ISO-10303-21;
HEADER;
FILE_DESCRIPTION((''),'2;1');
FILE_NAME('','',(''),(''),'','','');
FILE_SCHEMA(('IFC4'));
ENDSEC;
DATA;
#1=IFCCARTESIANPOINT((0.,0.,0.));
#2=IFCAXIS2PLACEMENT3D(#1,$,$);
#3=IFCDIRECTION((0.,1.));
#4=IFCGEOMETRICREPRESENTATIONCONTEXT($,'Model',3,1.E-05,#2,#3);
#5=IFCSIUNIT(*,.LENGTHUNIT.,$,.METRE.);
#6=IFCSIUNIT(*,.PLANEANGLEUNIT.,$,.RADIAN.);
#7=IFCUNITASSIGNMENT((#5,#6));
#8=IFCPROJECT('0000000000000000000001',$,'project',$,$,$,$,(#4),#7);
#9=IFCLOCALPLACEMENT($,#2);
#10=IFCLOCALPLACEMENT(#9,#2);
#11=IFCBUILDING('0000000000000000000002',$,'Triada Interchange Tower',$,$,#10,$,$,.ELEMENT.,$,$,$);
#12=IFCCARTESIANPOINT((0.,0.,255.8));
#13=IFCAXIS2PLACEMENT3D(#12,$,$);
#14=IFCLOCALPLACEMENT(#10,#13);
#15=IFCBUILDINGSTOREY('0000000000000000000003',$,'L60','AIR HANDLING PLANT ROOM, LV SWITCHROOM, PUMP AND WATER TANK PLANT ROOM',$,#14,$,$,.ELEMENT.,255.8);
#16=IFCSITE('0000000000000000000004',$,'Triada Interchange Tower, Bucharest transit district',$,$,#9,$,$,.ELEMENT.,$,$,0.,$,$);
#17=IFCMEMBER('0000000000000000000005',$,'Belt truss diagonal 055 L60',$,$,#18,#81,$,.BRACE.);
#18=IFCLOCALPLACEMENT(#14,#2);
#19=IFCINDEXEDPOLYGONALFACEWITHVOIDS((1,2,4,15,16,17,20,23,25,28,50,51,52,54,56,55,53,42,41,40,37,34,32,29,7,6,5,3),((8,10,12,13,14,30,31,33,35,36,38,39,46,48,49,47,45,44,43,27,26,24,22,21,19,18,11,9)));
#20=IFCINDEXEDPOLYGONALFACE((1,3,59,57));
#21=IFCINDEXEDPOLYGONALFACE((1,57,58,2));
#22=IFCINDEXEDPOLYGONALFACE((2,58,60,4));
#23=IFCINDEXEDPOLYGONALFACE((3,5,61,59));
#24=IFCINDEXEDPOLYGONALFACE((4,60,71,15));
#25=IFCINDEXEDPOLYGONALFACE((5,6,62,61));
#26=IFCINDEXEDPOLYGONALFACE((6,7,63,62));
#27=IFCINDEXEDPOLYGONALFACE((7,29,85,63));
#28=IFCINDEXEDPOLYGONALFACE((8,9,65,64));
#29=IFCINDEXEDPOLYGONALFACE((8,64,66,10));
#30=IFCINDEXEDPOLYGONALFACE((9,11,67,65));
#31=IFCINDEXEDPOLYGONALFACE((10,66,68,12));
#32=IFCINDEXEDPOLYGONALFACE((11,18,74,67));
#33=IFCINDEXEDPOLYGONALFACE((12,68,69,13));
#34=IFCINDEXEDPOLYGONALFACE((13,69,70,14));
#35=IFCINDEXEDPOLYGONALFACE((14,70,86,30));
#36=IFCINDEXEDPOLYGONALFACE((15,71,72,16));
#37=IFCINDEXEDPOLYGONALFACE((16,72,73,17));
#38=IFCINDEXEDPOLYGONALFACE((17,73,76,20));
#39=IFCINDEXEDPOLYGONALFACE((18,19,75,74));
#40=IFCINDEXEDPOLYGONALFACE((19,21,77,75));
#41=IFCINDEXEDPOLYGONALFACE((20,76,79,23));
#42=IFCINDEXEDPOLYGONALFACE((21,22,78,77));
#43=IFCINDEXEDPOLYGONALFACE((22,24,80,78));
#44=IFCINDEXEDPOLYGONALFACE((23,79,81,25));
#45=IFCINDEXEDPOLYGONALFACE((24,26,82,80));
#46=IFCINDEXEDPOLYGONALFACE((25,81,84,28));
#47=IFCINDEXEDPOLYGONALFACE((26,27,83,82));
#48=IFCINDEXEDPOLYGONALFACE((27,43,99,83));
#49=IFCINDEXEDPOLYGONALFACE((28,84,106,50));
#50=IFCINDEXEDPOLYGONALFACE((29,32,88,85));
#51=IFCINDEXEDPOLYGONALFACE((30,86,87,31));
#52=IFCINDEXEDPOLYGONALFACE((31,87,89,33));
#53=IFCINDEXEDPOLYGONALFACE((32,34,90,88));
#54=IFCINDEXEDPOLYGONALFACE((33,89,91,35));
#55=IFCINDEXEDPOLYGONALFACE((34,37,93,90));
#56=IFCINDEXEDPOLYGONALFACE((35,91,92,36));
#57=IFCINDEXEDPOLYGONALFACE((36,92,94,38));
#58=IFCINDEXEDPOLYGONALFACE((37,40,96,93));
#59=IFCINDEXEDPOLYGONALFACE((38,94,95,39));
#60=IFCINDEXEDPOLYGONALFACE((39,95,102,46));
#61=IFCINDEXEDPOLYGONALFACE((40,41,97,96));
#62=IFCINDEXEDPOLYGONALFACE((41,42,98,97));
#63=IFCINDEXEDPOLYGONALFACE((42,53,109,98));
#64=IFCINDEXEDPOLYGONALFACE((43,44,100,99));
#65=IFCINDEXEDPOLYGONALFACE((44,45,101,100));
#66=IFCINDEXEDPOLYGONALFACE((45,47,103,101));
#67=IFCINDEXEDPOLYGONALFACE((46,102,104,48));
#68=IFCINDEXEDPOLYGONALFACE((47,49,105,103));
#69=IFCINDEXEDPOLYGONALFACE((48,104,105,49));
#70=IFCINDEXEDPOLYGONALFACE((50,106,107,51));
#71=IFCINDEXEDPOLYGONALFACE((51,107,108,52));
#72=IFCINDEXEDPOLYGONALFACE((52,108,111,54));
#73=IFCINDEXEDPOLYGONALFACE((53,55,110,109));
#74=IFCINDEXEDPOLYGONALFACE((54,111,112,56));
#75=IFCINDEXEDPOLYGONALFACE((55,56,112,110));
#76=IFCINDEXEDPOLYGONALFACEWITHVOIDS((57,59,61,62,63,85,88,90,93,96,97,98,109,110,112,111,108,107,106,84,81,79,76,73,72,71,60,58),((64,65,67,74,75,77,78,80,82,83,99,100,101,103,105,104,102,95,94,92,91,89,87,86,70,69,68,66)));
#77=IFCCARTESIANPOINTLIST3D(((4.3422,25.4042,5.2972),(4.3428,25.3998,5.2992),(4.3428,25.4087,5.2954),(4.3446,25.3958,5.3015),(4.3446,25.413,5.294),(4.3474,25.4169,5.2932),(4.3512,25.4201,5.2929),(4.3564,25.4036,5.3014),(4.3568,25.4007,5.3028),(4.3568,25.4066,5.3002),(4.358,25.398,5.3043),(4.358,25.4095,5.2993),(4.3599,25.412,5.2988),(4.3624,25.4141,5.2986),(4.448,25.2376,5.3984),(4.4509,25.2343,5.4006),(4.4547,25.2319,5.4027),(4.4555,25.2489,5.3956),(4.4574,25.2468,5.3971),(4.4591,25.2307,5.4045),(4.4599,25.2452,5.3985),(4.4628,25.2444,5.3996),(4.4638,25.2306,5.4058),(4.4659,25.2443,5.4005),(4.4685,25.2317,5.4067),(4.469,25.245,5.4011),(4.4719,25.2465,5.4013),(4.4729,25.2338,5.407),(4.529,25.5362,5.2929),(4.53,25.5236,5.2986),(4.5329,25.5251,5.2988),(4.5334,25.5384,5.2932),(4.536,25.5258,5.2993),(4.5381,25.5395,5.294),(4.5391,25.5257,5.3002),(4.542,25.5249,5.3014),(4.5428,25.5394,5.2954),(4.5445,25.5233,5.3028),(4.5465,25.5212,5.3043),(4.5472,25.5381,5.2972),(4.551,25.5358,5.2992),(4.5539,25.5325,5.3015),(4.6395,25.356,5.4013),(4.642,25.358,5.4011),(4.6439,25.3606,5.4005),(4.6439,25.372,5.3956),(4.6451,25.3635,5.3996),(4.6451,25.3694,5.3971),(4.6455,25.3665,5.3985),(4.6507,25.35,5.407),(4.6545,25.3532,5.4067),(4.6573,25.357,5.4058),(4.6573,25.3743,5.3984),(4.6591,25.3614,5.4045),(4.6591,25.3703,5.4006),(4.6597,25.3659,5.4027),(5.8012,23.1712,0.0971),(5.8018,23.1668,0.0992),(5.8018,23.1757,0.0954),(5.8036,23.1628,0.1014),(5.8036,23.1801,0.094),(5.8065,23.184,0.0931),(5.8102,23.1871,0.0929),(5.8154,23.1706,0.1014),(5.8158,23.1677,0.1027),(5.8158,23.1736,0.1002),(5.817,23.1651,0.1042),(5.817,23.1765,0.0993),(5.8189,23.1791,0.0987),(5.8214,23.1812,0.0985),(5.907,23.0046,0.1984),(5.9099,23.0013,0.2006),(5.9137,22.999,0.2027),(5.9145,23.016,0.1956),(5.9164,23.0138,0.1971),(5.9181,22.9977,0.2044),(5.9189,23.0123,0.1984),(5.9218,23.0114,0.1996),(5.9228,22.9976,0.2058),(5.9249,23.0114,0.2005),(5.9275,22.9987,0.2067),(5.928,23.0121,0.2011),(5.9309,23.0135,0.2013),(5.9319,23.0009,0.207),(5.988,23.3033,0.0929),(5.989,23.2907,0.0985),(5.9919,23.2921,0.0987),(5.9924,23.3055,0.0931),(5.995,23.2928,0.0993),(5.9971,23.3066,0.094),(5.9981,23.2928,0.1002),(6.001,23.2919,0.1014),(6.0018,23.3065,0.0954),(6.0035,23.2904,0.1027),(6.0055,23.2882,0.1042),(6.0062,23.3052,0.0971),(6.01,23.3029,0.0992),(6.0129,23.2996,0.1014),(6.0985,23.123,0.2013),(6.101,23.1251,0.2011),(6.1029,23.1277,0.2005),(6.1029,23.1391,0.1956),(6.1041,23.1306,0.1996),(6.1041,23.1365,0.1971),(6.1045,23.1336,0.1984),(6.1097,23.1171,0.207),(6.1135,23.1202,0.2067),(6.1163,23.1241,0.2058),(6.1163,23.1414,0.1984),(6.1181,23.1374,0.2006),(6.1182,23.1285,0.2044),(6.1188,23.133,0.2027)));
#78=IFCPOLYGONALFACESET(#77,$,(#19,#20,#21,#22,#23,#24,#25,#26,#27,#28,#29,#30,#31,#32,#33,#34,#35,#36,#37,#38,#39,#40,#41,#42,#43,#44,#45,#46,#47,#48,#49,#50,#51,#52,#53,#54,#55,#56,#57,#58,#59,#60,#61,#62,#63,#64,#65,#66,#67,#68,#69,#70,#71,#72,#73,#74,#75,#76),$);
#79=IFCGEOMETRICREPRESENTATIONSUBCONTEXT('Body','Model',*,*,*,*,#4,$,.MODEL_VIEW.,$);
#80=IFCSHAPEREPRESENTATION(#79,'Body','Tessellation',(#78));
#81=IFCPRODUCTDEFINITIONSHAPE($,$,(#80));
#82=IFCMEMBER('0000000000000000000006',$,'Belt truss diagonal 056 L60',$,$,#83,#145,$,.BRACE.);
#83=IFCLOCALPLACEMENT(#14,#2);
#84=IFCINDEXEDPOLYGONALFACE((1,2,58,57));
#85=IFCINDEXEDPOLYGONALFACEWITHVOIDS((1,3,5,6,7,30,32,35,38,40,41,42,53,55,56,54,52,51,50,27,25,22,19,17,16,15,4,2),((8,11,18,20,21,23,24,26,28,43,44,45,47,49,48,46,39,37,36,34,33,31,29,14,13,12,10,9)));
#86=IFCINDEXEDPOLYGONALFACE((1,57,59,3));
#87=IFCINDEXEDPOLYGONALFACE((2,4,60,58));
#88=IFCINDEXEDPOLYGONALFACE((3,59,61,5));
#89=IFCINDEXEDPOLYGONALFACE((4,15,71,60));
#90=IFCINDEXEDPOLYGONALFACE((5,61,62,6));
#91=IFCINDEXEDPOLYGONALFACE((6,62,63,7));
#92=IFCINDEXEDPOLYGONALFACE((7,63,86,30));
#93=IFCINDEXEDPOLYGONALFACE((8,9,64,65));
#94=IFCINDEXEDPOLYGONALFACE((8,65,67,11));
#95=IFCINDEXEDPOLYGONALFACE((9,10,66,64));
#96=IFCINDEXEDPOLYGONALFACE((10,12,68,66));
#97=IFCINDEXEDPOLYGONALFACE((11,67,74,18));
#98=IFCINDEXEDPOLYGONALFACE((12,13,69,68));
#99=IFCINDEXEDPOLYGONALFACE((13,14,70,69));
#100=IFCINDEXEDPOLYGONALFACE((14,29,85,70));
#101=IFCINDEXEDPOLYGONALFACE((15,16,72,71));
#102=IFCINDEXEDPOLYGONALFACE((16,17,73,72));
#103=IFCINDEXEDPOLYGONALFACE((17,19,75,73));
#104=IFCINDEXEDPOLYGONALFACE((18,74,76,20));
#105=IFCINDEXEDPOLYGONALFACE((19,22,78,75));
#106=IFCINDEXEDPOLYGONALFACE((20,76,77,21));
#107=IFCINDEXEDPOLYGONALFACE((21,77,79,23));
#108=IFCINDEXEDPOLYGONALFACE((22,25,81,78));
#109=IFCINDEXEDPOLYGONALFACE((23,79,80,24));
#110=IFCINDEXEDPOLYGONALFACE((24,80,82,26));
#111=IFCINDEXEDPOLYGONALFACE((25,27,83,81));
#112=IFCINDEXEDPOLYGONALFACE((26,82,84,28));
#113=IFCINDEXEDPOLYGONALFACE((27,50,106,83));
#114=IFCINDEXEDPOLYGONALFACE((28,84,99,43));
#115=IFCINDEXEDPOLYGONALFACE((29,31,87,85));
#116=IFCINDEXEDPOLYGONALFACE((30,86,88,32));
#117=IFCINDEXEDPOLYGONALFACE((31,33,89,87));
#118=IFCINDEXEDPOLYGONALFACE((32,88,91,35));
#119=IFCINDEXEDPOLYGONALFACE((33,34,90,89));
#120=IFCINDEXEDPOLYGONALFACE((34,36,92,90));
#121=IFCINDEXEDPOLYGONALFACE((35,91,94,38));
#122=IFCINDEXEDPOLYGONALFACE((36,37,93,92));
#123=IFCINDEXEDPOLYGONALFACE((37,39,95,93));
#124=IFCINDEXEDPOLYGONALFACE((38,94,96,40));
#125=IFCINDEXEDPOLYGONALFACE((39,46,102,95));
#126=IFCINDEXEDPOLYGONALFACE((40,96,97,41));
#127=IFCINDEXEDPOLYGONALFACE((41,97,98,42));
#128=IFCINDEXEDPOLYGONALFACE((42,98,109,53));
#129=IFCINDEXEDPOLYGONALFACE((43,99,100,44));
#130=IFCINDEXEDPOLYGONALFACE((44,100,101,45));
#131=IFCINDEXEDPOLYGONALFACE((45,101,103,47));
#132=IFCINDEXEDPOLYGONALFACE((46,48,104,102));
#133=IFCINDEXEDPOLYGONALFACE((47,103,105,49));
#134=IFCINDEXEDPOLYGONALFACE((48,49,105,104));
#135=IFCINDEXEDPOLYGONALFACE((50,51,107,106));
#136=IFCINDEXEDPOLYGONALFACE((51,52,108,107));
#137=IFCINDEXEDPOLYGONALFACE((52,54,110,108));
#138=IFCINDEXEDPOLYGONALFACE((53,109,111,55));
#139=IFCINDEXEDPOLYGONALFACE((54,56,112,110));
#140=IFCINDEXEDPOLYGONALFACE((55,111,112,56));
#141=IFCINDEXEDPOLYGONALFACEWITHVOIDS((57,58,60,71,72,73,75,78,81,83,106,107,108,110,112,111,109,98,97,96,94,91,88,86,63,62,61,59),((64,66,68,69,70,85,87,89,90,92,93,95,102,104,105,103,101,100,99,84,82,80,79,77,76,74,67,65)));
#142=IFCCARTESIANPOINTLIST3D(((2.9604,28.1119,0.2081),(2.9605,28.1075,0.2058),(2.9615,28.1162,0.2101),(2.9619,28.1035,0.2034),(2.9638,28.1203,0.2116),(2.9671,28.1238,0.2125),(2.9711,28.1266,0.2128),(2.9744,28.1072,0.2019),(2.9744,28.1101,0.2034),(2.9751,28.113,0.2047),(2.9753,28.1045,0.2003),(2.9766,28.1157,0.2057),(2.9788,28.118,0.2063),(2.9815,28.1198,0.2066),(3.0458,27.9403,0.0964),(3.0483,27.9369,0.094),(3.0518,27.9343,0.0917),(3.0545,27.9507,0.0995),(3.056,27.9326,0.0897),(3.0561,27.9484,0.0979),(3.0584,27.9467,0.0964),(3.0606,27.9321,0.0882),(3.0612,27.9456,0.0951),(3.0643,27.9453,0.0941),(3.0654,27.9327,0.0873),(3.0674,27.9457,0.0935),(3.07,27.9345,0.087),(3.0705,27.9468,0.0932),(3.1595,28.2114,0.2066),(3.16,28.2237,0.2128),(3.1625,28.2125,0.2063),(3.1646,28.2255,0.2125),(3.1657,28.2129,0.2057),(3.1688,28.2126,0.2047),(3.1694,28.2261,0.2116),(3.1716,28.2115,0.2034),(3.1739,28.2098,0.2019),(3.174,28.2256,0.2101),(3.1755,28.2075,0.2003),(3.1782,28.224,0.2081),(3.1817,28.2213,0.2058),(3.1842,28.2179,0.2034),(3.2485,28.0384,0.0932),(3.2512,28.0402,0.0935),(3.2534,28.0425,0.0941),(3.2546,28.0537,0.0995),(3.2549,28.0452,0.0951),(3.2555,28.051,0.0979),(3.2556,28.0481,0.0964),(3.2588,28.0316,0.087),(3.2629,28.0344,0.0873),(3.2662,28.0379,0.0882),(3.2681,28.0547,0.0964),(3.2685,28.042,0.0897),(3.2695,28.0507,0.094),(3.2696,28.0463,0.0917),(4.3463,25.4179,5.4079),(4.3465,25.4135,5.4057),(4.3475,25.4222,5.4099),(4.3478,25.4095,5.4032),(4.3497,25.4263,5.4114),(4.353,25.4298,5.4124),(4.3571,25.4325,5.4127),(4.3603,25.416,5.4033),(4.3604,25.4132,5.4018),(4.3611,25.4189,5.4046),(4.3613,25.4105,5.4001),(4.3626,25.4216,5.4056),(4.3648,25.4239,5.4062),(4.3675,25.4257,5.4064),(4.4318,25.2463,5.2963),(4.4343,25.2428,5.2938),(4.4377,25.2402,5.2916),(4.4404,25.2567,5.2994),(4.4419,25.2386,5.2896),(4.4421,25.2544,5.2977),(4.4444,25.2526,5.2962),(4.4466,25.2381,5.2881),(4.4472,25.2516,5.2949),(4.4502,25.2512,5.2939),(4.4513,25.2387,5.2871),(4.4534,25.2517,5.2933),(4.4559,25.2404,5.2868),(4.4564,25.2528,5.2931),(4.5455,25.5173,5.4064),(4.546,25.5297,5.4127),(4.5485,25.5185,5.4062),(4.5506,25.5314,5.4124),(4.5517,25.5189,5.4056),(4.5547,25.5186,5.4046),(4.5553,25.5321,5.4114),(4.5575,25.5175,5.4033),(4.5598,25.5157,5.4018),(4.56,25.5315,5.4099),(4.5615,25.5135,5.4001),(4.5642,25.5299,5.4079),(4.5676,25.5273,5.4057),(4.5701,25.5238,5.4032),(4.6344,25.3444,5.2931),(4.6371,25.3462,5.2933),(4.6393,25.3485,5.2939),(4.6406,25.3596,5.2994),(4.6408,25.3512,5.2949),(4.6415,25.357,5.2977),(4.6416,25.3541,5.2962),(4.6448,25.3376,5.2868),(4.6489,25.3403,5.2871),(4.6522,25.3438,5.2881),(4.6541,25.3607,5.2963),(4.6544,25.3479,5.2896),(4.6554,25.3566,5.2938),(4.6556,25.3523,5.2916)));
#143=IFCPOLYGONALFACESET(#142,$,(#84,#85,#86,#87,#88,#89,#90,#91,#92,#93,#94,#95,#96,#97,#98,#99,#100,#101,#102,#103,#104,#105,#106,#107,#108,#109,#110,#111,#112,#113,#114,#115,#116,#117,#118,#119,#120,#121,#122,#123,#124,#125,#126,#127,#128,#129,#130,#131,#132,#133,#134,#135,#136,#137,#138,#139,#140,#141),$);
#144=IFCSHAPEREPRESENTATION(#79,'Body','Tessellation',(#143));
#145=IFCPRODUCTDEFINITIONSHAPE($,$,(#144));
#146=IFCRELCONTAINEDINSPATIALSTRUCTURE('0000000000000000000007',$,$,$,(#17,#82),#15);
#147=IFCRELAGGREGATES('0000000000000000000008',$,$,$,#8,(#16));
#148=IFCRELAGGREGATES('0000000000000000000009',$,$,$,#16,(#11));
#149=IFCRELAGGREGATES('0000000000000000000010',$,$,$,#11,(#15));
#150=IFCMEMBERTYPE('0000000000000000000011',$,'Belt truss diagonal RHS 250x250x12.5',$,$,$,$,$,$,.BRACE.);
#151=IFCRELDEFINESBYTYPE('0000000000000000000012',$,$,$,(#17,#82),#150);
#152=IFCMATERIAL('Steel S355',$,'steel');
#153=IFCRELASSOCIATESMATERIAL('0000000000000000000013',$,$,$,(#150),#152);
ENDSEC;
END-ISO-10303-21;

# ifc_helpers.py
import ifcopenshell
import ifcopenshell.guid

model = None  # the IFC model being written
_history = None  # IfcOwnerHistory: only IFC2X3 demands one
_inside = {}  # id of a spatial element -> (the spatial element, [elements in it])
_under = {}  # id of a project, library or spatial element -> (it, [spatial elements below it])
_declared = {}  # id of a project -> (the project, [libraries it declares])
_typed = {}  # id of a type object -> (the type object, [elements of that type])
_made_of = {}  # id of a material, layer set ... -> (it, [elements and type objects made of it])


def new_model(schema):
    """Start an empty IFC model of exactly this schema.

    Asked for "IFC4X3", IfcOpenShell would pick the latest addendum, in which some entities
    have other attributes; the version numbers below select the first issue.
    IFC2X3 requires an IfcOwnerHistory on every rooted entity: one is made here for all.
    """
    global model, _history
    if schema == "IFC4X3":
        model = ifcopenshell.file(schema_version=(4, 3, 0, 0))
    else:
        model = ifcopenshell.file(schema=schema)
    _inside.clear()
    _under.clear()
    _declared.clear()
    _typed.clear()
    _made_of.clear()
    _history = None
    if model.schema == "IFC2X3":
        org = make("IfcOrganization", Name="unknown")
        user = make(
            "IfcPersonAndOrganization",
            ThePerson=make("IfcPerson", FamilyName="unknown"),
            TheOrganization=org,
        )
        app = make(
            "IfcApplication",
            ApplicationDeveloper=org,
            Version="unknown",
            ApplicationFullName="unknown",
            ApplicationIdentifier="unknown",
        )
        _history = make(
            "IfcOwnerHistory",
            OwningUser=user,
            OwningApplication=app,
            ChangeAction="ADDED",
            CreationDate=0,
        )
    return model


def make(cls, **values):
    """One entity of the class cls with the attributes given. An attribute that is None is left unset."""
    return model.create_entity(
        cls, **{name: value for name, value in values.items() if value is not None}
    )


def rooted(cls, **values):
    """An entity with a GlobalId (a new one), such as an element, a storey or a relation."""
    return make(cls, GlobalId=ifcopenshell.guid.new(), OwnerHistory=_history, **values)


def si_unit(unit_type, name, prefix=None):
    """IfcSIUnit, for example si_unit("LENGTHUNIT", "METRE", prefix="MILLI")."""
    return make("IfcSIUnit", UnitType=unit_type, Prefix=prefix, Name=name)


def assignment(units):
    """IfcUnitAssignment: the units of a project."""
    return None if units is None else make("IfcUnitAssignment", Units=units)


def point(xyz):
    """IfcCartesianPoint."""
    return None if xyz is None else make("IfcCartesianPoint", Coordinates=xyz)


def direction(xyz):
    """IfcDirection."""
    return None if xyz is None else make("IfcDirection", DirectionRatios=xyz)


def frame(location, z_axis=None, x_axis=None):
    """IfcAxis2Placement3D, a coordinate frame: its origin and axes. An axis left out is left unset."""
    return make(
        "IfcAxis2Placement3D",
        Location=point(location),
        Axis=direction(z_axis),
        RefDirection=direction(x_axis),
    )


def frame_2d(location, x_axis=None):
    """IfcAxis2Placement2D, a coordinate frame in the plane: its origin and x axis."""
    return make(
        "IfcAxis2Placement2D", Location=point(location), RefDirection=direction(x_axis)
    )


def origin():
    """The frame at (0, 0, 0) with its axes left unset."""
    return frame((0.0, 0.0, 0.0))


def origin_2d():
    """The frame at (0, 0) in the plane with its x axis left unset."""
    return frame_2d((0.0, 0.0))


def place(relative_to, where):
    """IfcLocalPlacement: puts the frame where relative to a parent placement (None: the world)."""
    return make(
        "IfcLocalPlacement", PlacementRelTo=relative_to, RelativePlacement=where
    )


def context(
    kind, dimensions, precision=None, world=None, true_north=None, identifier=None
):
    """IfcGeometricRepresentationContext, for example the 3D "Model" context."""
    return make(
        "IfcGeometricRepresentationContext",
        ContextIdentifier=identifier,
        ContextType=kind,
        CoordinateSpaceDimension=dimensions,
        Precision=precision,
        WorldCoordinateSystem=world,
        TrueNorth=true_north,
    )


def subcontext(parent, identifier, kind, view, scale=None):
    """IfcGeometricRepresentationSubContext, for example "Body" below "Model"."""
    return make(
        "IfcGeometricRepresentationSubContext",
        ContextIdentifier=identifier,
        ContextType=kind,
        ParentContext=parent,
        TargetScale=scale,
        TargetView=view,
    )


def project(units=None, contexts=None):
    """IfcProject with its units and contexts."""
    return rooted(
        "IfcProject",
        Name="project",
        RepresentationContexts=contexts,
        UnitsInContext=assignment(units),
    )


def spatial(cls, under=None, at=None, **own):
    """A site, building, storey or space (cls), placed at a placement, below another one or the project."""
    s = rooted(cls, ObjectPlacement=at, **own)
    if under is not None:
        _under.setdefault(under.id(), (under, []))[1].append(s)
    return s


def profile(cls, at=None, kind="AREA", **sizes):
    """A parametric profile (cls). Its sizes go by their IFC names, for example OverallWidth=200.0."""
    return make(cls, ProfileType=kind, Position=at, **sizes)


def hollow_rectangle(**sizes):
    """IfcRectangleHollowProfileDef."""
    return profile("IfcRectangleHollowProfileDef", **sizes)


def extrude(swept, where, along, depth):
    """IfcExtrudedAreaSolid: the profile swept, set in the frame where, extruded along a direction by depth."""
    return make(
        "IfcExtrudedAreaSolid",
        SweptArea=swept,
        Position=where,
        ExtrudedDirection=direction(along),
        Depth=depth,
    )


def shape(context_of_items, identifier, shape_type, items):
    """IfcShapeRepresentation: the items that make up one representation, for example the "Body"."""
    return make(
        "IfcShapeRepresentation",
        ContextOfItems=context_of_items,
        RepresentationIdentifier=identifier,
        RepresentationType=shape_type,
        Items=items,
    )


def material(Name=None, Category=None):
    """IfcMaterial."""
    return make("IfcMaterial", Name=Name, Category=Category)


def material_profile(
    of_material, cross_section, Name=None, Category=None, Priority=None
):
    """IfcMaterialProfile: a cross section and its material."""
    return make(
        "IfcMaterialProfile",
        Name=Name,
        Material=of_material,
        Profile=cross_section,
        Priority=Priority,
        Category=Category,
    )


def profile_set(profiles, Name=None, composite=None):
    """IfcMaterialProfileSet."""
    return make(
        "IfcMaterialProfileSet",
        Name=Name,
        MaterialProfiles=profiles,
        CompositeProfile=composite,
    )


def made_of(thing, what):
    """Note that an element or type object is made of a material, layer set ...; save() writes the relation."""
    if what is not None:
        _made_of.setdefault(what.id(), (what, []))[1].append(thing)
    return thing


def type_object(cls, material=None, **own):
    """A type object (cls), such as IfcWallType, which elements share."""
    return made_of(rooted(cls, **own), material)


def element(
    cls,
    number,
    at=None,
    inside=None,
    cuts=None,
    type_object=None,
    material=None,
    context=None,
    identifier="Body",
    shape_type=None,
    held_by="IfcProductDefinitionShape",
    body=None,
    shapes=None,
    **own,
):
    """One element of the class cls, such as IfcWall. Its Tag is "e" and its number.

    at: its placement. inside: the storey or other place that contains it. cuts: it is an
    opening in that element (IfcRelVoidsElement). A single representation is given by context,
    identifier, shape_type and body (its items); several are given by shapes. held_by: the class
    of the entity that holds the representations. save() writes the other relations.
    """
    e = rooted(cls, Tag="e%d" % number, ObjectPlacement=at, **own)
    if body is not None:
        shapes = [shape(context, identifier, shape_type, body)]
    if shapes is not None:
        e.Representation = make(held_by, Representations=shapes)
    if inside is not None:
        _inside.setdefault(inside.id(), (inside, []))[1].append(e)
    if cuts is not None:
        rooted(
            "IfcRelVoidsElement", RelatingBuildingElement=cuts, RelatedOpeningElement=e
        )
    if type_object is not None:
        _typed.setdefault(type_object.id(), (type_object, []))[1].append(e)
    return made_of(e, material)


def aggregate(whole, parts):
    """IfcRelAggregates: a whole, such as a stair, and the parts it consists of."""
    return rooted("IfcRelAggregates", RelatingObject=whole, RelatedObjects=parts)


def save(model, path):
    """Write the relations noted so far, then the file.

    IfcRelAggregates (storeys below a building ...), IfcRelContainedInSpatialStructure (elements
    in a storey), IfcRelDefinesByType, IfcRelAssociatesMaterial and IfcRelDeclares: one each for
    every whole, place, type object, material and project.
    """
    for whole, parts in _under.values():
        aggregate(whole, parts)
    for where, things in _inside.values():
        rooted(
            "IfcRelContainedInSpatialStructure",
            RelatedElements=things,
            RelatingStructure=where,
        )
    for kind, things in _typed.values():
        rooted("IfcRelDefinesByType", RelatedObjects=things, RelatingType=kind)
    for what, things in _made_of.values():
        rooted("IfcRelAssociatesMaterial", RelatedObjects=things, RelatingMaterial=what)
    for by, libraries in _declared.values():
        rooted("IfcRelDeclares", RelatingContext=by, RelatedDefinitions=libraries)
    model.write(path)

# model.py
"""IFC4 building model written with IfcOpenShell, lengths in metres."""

from ifc_helpers import new_model, si_unit, direction, frame, origin, origin_2d, place, context, subcontext, project, spatial, hollow_rectangle, extrude, material, material_profile, profile_set, type_object, element, save


model = new_model("IFC4")

# Units and contexts
model_context = context("Model", 3, precision=1e-05, world=origin(), true_north=direction((0.0, 1.0)))
body_context = subcontext(model_context, "Body", "Model", "MODEL_VIEW")
ifc_project = project(units=[si_unit("LENGTHUNIT", "METRE"), si_unit("PLANEANGLEUNIT", "RADIAN")], contexts=[model_context])

# Site, building, storey
site_placement = place(None, origin())
site = spatial("IfcSite", under=ifc_project, at=site_placement, Name="Triada Interchange Tower, Bucharest transit district", CompositionType="ELEMENT", RefElevation=0.0)
building_placement = place(site_placement, origin())
building = spatial("IfcBuilding", under=site, at=building_placement, Name="Triada Interchange Tower", CompositionType="ELEMENT")
storey_placement = place(building_placement, frame((0.0, 0.0, 255.8)))
storey = spatial("IfcBuildingStorey", under=building, at=storey_placement, Name="L60", Description="AIR HANDLING PLANT ROOM, LV SWITCHROOM, PUMP AND WATER TANK PLANT ROOM", CompositionType="ELEMENT", Elevation=255.8)

# Members
ifc_material_1 = material(Name="Steel S355", Category="steel")
ifc_material_profile_1 = material_profile(ifc_material_1, hollow_rectangle(XDim=0.25, YDim=0.25, WallThickness=0.0125, InnerFilletRadius=0.0125, OuterFilletRadius=0.0188, at=origin_2d()), Name="RHS 250x250x12.5")
ifc_profile_set_1 = profile_set([ifc_material_profile_1], Name="Steel S355")
member_type_1 = type_object("IfcMemberType", Name="Belt truss diagonal RHS 250x250x12.5", PredefinedType="BRACE", material=ifc_profile_set_1)
member_1_placement = place(storey_placement, frame((5.96, 23.1521, 0.1499), z_axis=(-0.249649, 0.382077, 0.889771), x_axis=(-0.83714, -0.546988, 0.0)))
element("IfcMember", 1, at=member_1_placement, inside=storey, type_object=member_type_1, Name="Belt truss diagonal 055 L60", PredefinedType="BRACE", context=body_context, shape_type="SweptSolid", body=[
    extrude(hollow_rectangle(XDim=0.25, YDim=0.25, WallThickness=0.0125, InnerFilletRadius=0.0125, OuterFilletRadius=0.0188, at=origin_2d()), origin(), (0.0, 0.0, 1.0), 5.8442),
])
member_2_placement = place(storey_placement, frame((3.115, 28.0791, 0.1499), z_axis=(0.2303, -0.447658, 0.864039), x_axis=(0.889227, 0.457466, 0.0)))
element("IfcMember", 2, at=member_2_placement, inside=storey, type_object=member_type_1, Name="Belt truss diagonal 056 L60", PredefinedType="BRACE", context=body_context, shape_type="SweptSolid", body=[
    extrude(hollow_rectangle(XDim=0.25, YDim=0.25, WallThickness=0.0125, InnerFilletRadius=0.0125, OuterFilletRadius=0.0188, at=origin_2d()), origin(), (0.0, 0.0, 1.0), 6.0181),
])

save(model, "model.ifc")
